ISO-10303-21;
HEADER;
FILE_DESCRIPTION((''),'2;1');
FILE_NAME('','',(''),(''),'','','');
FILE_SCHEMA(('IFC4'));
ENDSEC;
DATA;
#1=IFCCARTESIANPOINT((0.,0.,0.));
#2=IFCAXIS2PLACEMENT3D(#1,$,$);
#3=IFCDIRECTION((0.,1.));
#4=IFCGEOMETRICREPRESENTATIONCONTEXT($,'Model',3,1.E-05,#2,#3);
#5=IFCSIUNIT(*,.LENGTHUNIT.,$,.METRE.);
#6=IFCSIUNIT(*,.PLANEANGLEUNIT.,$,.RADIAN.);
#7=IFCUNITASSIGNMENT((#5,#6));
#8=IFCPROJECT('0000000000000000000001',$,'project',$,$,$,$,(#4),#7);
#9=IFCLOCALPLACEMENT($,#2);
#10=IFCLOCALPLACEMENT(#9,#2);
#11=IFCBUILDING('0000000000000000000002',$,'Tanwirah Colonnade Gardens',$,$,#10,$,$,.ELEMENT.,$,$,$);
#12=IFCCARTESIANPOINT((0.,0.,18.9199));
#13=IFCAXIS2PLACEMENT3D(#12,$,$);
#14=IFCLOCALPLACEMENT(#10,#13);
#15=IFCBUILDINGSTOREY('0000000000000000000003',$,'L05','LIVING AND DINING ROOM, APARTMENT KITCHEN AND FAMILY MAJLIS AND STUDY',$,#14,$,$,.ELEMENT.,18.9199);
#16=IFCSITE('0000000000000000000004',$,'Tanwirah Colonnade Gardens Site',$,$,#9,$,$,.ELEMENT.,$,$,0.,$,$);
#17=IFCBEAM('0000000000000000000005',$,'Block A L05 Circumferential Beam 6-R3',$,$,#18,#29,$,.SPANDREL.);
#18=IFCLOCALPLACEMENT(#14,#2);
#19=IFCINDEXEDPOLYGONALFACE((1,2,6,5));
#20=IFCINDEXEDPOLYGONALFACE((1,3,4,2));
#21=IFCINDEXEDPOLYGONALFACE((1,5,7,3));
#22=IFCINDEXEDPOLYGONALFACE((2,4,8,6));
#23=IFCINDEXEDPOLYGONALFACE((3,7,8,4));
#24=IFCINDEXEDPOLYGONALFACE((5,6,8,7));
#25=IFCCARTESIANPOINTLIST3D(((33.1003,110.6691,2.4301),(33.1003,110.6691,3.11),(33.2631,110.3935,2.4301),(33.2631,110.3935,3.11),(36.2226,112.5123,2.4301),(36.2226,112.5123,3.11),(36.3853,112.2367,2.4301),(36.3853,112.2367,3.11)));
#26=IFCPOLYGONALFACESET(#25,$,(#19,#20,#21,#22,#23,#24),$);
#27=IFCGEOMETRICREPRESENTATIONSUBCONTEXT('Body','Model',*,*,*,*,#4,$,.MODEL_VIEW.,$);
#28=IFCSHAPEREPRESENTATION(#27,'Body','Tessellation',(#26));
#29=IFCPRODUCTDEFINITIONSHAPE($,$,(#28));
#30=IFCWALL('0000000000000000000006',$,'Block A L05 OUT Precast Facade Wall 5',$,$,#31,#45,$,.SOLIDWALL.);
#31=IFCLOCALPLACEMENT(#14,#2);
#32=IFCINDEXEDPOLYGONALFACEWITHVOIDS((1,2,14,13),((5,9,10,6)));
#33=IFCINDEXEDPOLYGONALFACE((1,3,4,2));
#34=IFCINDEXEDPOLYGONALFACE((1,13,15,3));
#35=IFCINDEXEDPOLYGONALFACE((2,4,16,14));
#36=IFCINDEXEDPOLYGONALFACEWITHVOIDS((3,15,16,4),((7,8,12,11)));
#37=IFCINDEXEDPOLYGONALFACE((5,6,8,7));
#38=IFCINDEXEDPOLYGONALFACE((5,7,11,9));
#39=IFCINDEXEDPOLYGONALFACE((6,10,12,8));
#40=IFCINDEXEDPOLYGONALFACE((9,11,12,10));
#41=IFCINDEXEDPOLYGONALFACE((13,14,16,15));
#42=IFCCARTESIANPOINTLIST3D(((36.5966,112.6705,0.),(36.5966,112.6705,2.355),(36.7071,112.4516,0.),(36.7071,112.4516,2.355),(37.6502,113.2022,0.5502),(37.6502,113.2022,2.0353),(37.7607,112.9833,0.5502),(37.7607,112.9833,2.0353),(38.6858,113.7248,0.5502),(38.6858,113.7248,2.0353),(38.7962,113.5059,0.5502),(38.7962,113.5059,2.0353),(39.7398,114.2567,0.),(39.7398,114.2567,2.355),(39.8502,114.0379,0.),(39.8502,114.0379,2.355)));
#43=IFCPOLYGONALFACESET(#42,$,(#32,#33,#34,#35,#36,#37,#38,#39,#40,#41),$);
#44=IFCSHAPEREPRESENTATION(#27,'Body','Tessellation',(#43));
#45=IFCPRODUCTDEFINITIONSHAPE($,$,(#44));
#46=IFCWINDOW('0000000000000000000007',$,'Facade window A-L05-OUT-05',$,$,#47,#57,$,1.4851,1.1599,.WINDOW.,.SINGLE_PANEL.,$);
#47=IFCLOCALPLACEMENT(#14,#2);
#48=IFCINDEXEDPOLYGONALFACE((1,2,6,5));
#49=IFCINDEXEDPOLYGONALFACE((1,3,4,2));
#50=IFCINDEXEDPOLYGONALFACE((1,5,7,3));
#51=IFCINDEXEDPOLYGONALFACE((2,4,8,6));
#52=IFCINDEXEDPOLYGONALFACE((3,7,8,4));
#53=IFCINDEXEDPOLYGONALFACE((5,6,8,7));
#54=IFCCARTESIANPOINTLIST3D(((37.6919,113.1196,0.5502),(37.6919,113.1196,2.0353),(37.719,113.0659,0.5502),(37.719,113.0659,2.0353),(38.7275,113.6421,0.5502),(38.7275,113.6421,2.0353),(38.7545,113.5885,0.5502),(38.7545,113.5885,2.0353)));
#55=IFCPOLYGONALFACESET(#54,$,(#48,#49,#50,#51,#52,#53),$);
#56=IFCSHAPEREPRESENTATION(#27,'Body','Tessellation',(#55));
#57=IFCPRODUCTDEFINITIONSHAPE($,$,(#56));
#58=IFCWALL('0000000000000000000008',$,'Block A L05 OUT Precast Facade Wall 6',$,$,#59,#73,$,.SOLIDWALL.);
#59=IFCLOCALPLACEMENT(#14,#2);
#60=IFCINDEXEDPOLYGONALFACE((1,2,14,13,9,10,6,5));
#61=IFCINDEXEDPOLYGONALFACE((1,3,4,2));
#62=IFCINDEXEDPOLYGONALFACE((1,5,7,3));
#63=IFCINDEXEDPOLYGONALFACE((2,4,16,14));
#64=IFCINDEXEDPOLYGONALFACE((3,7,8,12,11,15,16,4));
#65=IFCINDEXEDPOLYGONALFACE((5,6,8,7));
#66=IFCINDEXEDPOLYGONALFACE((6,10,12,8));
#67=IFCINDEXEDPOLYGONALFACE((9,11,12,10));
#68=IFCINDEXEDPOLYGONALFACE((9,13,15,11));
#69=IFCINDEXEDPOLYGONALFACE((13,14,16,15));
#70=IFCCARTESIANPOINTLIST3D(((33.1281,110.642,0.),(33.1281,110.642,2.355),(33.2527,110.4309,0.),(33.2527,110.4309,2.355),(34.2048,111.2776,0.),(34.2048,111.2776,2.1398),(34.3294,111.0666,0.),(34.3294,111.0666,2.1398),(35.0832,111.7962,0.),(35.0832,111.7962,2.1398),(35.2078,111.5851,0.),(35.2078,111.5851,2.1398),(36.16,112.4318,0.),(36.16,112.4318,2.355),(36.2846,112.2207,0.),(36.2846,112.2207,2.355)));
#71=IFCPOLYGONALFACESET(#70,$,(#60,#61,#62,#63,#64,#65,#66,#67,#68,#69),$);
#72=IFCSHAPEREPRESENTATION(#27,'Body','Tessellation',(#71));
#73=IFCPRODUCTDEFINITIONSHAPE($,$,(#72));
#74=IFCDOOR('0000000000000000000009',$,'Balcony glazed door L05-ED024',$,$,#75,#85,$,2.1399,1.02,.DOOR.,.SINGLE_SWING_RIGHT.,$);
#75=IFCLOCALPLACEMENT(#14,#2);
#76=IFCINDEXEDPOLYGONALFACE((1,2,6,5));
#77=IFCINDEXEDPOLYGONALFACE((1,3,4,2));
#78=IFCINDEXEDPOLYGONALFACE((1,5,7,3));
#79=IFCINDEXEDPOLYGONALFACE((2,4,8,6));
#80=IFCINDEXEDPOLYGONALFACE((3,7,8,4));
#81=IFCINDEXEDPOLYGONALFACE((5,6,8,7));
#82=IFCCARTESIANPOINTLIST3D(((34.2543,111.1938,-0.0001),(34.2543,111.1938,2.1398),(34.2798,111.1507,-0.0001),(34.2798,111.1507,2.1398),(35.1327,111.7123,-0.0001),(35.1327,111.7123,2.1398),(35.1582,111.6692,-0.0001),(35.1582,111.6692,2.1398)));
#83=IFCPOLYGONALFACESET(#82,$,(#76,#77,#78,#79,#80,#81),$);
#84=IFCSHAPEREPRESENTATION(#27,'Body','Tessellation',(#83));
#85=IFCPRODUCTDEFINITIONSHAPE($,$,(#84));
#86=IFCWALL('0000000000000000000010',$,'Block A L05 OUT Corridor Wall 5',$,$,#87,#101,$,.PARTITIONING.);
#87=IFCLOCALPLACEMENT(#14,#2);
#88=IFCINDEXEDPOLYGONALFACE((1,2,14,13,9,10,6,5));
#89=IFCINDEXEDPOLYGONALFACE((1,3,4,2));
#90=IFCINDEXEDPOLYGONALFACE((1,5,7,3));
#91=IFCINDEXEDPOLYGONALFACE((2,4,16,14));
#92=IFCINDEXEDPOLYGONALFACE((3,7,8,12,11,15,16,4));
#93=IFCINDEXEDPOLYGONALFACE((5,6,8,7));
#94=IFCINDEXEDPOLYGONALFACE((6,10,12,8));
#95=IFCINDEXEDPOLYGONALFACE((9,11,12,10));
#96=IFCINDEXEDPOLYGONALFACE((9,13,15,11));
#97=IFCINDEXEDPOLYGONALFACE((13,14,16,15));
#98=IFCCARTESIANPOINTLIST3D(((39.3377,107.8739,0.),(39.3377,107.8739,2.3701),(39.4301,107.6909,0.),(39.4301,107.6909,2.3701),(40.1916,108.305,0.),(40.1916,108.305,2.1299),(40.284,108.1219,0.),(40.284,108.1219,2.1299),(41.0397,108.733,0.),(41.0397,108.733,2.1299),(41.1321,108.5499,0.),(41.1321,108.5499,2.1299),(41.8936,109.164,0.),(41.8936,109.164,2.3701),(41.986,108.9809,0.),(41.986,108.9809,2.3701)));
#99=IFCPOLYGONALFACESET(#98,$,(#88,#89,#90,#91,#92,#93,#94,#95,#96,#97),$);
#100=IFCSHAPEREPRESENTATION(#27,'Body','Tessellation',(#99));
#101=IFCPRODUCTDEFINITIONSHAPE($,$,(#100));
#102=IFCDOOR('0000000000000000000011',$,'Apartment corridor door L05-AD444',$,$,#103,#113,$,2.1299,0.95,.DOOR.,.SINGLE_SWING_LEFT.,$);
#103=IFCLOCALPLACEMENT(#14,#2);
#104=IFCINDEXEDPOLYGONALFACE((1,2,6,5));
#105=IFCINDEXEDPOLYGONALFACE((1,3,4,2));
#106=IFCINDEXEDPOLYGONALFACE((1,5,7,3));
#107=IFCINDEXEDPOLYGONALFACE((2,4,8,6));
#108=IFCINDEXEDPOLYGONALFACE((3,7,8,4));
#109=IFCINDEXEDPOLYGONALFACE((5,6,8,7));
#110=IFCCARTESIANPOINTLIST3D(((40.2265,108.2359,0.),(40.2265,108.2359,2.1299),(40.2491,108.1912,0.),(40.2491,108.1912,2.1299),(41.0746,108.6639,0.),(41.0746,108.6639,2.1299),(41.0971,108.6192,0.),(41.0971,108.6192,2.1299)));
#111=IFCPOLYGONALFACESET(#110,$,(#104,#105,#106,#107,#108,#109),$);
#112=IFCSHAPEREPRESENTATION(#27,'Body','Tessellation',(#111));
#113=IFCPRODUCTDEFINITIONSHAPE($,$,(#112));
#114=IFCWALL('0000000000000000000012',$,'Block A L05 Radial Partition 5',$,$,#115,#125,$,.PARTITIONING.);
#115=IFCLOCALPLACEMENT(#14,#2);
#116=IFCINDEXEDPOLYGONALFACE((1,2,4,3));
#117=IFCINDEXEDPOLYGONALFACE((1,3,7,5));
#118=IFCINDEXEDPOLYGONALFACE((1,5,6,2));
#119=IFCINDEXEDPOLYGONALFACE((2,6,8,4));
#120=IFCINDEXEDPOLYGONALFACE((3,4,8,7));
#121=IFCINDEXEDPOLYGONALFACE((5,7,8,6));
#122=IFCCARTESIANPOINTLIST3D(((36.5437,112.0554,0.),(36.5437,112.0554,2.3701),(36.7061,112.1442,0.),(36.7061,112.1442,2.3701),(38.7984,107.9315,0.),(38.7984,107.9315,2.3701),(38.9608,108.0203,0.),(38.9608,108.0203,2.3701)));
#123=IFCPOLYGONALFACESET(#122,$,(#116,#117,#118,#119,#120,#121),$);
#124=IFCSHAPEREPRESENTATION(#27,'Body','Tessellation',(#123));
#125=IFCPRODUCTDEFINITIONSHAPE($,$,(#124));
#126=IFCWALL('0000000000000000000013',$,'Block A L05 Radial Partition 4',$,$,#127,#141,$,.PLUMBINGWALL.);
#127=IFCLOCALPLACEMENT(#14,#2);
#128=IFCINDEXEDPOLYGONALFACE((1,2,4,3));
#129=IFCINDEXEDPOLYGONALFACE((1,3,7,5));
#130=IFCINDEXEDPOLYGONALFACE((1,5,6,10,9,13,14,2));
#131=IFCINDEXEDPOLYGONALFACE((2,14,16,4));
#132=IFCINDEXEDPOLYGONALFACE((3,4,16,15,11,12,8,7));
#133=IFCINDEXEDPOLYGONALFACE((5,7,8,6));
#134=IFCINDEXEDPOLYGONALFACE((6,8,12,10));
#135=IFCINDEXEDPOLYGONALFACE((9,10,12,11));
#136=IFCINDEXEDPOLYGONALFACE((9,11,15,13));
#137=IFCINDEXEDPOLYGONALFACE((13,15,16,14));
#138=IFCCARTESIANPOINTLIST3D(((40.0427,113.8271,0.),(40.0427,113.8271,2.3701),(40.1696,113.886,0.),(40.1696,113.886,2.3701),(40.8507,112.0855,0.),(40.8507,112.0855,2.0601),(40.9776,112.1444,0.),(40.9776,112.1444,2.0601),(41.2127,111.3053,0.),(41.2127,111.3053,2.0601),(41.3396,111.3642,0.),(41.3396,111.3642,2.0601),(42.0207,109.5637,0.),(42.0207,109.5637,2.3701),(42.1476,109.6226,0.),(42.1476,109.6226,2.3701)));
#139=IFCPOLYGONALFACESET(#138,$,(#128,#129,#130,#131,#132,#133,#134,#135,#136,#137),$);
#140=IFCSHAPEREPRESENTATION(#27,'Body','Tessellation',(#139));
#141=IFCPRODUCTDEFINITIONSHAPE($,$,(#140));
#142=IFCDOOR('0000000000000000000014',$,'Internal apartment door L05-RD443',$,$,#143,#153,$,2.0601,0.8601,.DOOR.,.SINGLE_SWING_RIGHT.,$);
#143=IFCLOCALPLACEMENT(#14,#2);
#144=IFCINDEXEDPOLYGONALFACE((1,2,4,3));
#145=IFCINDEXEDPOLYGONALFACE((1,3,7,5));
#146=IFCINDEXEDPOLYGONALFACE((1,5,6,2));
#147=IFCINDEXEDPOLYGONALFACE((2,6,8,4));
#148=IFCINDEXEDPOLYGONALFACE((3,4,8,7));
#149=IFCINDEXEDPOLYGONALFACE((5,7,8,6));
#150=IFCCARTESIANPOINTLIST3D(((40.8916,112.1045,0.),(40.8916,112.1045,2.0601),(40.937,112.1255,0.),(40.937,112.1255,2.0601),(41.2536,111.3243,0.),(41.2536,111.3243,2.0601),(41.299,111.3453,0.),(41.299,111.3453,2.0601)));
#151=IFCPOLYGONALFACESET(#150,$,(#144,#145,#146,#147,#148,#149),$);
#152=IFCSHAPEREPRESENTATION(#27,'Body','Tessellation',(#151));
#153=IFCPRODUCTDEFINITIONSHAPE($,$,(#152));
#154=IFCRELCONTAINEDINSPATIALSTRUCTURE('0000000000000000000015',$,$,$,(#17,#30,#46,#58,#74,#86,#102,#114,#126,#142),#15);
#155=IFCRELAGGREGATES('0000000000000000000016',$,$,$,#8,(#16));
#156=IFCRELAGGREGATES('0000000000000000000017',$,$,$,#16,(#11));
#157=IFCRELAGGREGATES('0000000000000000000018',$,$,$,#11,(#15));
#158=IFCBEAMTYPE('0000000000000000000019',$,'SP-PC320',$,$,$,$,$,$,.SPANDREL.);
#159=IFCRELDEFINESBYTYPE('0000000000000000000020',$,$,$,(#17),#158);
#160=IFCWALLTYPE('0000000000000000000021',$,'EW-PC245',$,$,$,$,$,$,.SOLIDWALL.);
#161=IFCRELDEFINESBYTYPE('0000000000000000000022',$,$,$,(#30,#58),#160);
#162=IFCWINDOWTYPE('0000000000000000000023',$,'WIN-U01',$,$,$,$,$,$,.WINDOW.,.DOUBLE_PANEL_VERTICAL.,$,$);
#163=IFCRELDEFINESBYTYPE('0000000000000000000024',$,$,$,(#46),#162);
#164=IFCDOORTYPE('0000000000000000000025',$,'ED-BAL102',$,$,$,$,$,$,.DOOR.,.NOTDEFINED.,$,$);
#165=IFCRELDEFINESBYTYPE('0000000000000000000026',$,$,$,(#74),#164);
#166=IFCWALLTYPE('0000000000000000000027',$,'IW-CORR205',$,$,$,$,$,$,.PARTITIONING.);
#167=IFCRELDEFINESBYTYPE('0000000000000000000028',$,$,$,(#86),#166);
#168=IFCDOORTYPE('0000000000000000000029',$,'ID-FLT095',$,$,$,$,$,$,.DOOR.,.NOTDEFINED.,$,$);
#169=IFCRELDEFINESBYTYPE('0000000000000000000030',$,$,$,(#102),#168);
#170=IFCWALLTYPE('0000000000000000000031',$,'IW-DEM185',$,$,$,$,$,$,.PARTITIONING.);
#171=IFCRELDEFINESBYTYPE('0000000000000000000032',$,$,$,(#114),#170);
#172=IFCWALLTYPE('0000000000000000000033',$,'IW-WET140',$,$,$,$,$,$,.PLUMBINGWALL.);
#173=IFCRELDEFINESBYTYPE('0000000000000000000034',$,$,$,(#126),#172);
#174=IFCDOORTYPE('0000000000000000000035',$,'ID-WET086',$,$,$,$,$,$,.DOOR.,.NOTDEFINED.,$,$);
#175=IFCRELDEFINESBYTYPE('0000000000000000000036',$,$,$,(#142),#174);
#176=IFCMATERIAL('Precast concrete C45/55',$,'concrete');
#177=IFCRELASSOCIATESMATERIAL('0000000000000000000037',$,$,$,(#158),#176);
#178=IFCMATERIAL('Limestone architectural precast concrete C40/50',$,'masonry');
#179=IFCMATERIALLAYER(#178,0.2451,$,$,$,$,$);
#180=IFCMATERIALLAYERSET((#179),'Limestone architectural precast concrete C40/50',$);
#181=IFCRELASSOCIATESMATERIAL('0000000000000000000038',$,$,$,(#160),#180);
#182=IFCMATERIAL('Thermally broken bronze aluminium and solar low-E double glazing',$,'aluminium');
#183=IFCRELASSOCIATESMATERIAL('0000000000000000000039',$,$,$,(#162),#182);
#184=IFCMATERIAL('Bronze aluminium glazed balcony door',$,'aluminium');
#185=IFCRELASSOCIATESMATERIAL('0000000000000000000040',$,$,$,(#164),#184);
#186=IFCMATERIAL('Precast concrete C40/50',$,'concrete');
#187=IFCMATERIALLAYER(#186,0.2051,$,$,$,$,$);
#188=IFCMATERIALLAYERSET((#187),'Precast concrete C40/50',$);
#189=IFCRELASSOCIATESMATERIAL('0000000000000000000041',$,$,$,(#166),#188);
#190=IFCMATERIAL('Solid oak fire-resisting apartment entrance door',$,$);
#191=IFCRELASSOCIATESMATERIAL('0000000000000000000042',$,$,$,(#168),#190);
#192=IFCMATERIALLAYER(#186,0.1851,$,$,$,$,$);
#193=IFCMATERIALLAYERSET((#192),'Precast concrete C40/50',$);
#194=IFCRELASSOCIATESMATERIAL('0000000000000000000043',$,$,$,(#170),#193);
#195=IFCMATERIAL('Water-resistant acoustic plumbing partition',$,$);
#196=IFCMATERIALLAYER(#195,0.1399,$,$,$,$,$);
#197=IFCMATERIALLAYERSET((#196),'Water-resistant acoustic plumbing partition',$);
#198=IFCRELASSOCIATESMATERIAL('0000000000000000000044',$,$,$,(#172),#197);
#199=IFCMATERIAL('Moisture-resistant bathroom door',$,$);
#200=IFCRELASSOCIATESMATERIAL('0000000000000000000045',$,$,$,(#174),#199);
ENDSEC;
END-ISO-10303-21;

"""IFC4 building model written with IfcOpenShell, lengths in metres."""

from ifc_helpers import new_model, si_unit, direction, frame, frame_2d, origin, origin_2d, place, context, subcontext, project, spatial, rectangle, extrude, material, layer, layer_set, material_profile, profile_set, type_object, element, fill, save


model = new_model("IFC4")

# Units and contexts
model_context = context("Model", 3, precision=1e-05, world=origin(), true_north=direction((0.0, 1.0)))
body_context = subcontext(model_context, "Body", "Model", "MODEL_VIEW")
ifc_project = project(units=[si_unit("LENGTHUNIT", "METRE"), si_unit("PLANEANGLEUNIT", "RADIAN")], contexts=[model_context])

# Site, building, storey
site_placement = place(None, origin())
site = spatial("IfcSite", under=ifc_project, at=site_placement, Name="Tanwirah Colonnade Gardens Site", CompositionType="ELEMENT", RefElevation=0.0)
building_placement = place(site_placement, origin())
building = spatial("IfcBuilding", under=site, at=building_placement, Name="Tanwirah Colonnade Gardens", CompositionType="ELEMENT")
storey_placement = place(building_placement, frame((0.0, 0.0, 18.9199)))
storey = spatial("IfcBuildingStorey", under=building, at=storey_placement, Name="L05", Description="LIVING AND DINING ROOM, APARTMENT KITCHEN AND FAMILY MAJLIS AND STUDY", CompositionType="ELEMENT", Elevation=18.9199)

# Shared definitions
ifc_material_1 = material(Name="Precast concrete C45/55", Category="concrete")
ifc_material_2 = material(Name="Precast concrete C40/50", Category="concrete")

# Beam
ifc_material_profile_1 = material_profile(ifc_material_1, rectangle(XDim=0.3201, YDim=0.6799, at=origin_2d()), Name="PC-SP 320x680")
ifc_profile_set_1 = profile_set([ifc_material_profile_1], Name="Precast concrete C45/55")
beam_type_1 = type_object("IfcBeamType", Name="SP-PC320", PredefinedType="SPANDREL", material=ifc_profile_set_1)
beam_1_placement = place(storey_placement, frame((36.304, 112.3745, 2.77), z_axis=(-0.861137, -0.508373, 0.0), x_axis=(0.508373, -0.861137, 0.0)))
element("IfcBeam", 1, at=beam_1_placement, inside=storey, type_object=beam_type_1, Name="Block A L05 Circumferential Beam 6-R3", PredefinedType="SPANDREL", context=body_context, shape_type="SweptSolid", body=[
    extrude(rectangle(XDim=0.3201, YDim=0.6799, at=origin_2d()), origin(), (0.0, 0.0, 1.0), 3.6257),
])

# Wall, opening, window
ifc_material_3 = material(Name="Limestone architectural precast concrete C40/50", Category="masonry")
ifc_layer_1 = layer(ifc_material_3, 0.2451)
ifc_layer_set_1 = layer_set([ifc_layer_1], Name="Limestone architectural precast concrete C40/50")
wall_type_1 = type_object("IfcWallType", Name="EW-PC245", PredefinedType="SOLIDWALL", material=ifc_layer_set_1)
wall_1_placement = place(storey_placement, frame((39.7949, 114.1472, 0.0), z_axis=(0.0, 0.0, 1.0), x_axis=(-0.892757, -0.450539, 0.0)))
wall_1 = element("IfcWall", 2, at=wall_1_placement, inside=storey, type_object=wall_type_1, Name="Block A L05 OUT Precast Facade Wall 5", PredefinedType="SOLIDWALL", context=body_context, shape_type="SweptSolid", body=[
    extrude(rectangle(XDim=3.5208, YDim=0.2451, at=frame_2d((1.7603, 0.0))), origin(), (0.0, 0.0, 1.0), 2.355),
])
opening_1_placement = place(wall_1_placement, frame((1.1804, 0.0, 0.55)))
opening_1 = element("IfcOpeningElement", 3, at=opening_1_placement, cuts=wall_1, PredefinedType="OPENING", context=body_context, shape_type="SweptSolid", body=[
    extrude(rectangle(XDim=1.1599, YDim=1.4851, at=frame_2d((0.5801, 0.7427))), frame((0.0, 0.1326, 0.0), z_axis=(0.0, -1.0, 0.0), x_axis=(1.0, 0.0, 0.0)), (0.0, 0.0, 1.0), 0.2651),
])
ifc_material_4 = material(Name="Thermally broken bronze aluminium and solar low-E double glazing", Category="aluminium")
window_type = type_object("IfcWindowType", Name="WIN-U01", PartitioningType="DOUBLE_PANEL_VERTICAL", PredefinedType="WINDOW", material=ifc_material_4)
window_placement = place(opening_1_placement, origin())
window = element("IfcWindow", 4, at=window_placement, inside=storey, type_object=window_type, Name="Facade window A-L05-OUT-05", OverallHeight=1.4851, OverallWidth=1.1599, PartitioningType="SINGLE_PANEL", PredefinedType="WINDOW", context=body_context, shape_type="SweptSolid", body=[
    extrude(rectangle(XDim=1.1599, YDim=1.4851, at=frame_2d((0.5801, 0.7427))), frame((0.0, 0.03, 0.0), z_axis=(0.0, -1.0, 0.0), x_axis=(1.0, 0.0, 0.0)), (0.0, 0.0, 1.0), 0.0601),
])
fill(opening_1, window)

# Walls, openings, doors
wall_2_placement = place(storey_placement, frame((36.2222, 112.3262, 0.0), z_axis=(0.0, 0.0, 1.0), x_axis=(-0.861154, -0.508344, 0.0)))
wall_2 = element("IfcWall", 5, at=wall_2_placement, inside=storey, type_object=wall_type_1, Name="Block A L05 OUT Precast Facade Wall 6", PredefinedType="SOLIDWALL", context=body_context, shape_type="SweptSolid", body=[
    extrude(rectangle(XDim=3.5208, YDim=0.2451, at=frame_2d((1.7603, 0.0))), origin(), (0.0, 0.0, 1.0), 2.355),
])
opening_2_placement = place(wall_2_placement, frame((1.2502, 0.0, 0.0)))
opening_2 = element("IfcOpeningElement", 6, at=opening_2_placement, cuts=wall_2, PredefinedType="OPENING", context=body_context, shape_type="SweptSolid", body=[
    extrude(rectangle(XDim=1.02, YDim=2.1399, at=frame_2d((0.51, 1.0698))), frame((0.0, 0.1326, 0.0), z_axis=(0.0, -1.0, 0.0), x_axis=(1.0, 0.0, 0.0)), (0.0, 0.0, 1.0), 0.2651),
])
ifc_material_5 = material(Name="Bronze aluminium glazed balcony door", Category="aluminium")
door_type_1 = type_object("IfcDoorType", Name="ED-BAL102", OperationType="NOTDEFINED", PredefinedType="DOOR", material=ifc_material_5)
door_1_placement = place(opening_2_placement, origin())
door_1 = element("IfcDoor", 7, at=door_1_placement, inside=storey, type_object=door_type_1, Name="Balcony glazed door L05-ED024", OperationType="SINGLE_SWING_RIGHT", OverallHeight=2.1399, OverallWidth=1.02, PredefinedType="DOOR", context=body_context, shape_type="SweptSolid", body=[
    extrude(rectangle(XDim=1.02, YDim=2.1399, at=frame_2d((0.51, 1.0698))), frame((0.0, 0.0249, 0.0), z_axis=(0.0, -1.0, 0.0), x_axis=(1.0, 0.0, 0.0)), (0.0, 0.0, 1.0), 0.05),
])
fill(opening_2, door_1)
ifc_layer_2 = layer(ifc_material_2, 0.2051)
ifc_layer_set_2 = layer_set([ifc_layer_2], Name="Precast concrete C40/50")
wall_type_2 = type_object("IfcWallType", Name="IW-CORR205", PredefinedType="PARTITIONING", material=ifc_layer_set_2)
wall_3_placement = place(storey_placement, frame((41.9399, 109.0725, 0.0), z_axis=(0.0, 0.0, 1.0), x_axis=(-0.892732, -0.450587, 0.0)))
wall_3 = element("IfcWall", 8, at=wall_3_placement, inside=storey, type_object=wall_type_2, Name="Block A L05 OUT Corridor Wall 5", PredefinedType="PARTITIONING", context=body_context, shape_type="SweptSolid", body=[
    extrude(rectangle(XDim=2.863, YDim=0.2051, at=frame_2d((1.4316, 0.0))), origin(), (0.0, 0.0, 1.0), 2.3701),
])
opening_3_placement = place(wall_3_placement, frame((0.9565, 0.0, 0.0)))
opening_3 = element("IfcOpeningElement", 9, at=opening_3_placement, cuts=wall_3, PredefinedType="OPENING", context=body_context, shape_type="SweptSolid", body=[
    extrude(rectangle(XDim=0.95, YDim=2.1299, at=frame_2d((0.4751, 1.0649))), frame((0.0, 0.1125, 0.0), z_axis=(0.0, -1.0, 0.0), x_axis=(1.0, 0.0, 0.0)), (0.0, 0.0, 1.0), 0.2251),
])
ifc_material_6 = material(Name="Solid oak fire-resisting apartment entrance door")
door_type_2 = type_object("IfcDoorType", Name="ID-FLT095", OperationType="NOTDEFINED", PredefinedType="DOOR", material=ifc_material_6)
door_2_placement = place(opening_3_placement, origin())
door_2 = element("IfcDoor", 10, at=door_2_placement, inside=storey, type_object=door_type_2, Name="Apartment corridor door L05-AD444", OperationType="SINGLE_SWING_LEFT", OverallHeight=2.1299, OverallWidth=0.95, PredefinedType="DOOR", context=body_context, shape_type="SweptSolid", body=[
    extrude(rectangle(XDim=0.95, YDim=2.1299, at=frame_2d((0.4751, 1.0649))), frame((0.0, 0.0249, 0.0), z_axis=(0.0, -1.0, 0.0), x_axis=(1.0, 0.0, 0.0)), (0.0, 0.0, 1.0), 0.05),
])
fill(opening_3, door_2)

# Wall
ifc_layer_3 = layer(ifc_material_2, 0.1851)
ifc_layer_set_3 = layer_set([ifc_layer_3], Name="Precast concrete C40/50")
wall_type_3 = type_object("IfcWallType", Name="IW-DEM185", PredefinedType="PARTITIONING", material=ifc_layer_set_3)
wall_4_placement = place(storey_placement, frame((38.8796, 107.9758, 0.0), z_axis=(0.0, 0.0, 1.0), x_axis=(-0.479722, 0.877421, 0.0)))
element("IfcWall", 11, at=wall_4_placement, inside=storey, type_object=wall_type_3, Name="Block A L05 Radial Partition 5", PredefinedType="PARTITIONING", context=body_context, shape_type="SweptSolid", body=[
    extrude(rectangle(XDim=4.7, YDim=0.1851, at=frame_2d((2.3501, 0.0))), origin(), (0.0, 0.0, 1.0), 2.3701),
])

# Wall, opening, door
ifc_material_7 = material(Name="Water-resistant acoustic plumbing partition")
ifc_layer_4 = layer(ifc_material_7, 0.1399)
ifc_layer_set_4 = layer_set([ifc_layer_4], Name="Water-resistant acoustic plumbing partition")
wall_type_4 = type_object("IfcWallType", Name="IW-WET140", PredefinedType="PLUMBINGWALL", material=ifc_layer_set_4)
wall_5_placement = place(storey_placement, frame((42.0842, 109.593, 0.0), z_axis=(0.0, 0.0, 1.0), x_axis=(-0.420863, 0.907124, 0.0)))
wall_5 = element("IfcWall", 12, at=wall_5_placement, inside=storey, type_object=wall_type_4, Name="Block A L05 Radial Partition 4", PredefinedType="PLUMBINGWALL", context=body_context, shape_type="SweptSolid", body=[
    extrude(rectangle(XDim=4.7, YDim=0.1399, at=frame_2d((2.3501, 0.0))), origin(), (0.0, 0.0, 1.0), 2.3701),
])
opening_4_placement = place(wall_5_placement, frame((1.9199, 0.0, 0.0)))
opening_4 = element("IfcOpeningElement", 13, at=opening_4_placement, cuts=wall_5, PredefinedType="OPENING", context=body_context, shape_type="SweptSolid", body=[
    extrude(rectangle(XDim=0.8601, YDim=2.0601, at=frame_2d((0.4302, 1.03))), frame((0.0, 0.0798, 0.0), z_axis=(0.0, -1.0, 0.0), x_axis=(1.0, 0.0, 0.0)), (0.0, 0.0, 1.0), 0.1599),
])
ifc_material_8 = material(Name="Moisture-resistant bathroom door")
door_type_3 = type_object("IfcDoorType", Name="ID-WET086", OperationType="NOTDEFINED", PredefinedType="DOOR", material=ifc_material_8)
door_3_placement = place(opening_4_placement, origin())
door_3 = element("IfcDoor", 14, at=door_3_placement, inside=storey, type_object=door_type_3, Name="Internal apartment door L05-RD443", OperationType="SINGLE_SWING_RIGHT", OverallHeight=2.0601, OverallWidth=0.8601, PredefinedType="DOOR", context=body_context, shape_type="SweptSolid", body=[
    extrude(rectangle(XDim=0.8601, YDim=2.0601, at=frame_2d((0.4302, 1.03))), frame((0.0, 0.0249, 0.0), z_axis=(0.0, -1.0, 0.0), x_axis=(1.0, 0.0, 0.0)), (0.0, 0.0, 1.0), 0.05),
])
fill(opening_4, door_3)

save(model, "model.ifc")
